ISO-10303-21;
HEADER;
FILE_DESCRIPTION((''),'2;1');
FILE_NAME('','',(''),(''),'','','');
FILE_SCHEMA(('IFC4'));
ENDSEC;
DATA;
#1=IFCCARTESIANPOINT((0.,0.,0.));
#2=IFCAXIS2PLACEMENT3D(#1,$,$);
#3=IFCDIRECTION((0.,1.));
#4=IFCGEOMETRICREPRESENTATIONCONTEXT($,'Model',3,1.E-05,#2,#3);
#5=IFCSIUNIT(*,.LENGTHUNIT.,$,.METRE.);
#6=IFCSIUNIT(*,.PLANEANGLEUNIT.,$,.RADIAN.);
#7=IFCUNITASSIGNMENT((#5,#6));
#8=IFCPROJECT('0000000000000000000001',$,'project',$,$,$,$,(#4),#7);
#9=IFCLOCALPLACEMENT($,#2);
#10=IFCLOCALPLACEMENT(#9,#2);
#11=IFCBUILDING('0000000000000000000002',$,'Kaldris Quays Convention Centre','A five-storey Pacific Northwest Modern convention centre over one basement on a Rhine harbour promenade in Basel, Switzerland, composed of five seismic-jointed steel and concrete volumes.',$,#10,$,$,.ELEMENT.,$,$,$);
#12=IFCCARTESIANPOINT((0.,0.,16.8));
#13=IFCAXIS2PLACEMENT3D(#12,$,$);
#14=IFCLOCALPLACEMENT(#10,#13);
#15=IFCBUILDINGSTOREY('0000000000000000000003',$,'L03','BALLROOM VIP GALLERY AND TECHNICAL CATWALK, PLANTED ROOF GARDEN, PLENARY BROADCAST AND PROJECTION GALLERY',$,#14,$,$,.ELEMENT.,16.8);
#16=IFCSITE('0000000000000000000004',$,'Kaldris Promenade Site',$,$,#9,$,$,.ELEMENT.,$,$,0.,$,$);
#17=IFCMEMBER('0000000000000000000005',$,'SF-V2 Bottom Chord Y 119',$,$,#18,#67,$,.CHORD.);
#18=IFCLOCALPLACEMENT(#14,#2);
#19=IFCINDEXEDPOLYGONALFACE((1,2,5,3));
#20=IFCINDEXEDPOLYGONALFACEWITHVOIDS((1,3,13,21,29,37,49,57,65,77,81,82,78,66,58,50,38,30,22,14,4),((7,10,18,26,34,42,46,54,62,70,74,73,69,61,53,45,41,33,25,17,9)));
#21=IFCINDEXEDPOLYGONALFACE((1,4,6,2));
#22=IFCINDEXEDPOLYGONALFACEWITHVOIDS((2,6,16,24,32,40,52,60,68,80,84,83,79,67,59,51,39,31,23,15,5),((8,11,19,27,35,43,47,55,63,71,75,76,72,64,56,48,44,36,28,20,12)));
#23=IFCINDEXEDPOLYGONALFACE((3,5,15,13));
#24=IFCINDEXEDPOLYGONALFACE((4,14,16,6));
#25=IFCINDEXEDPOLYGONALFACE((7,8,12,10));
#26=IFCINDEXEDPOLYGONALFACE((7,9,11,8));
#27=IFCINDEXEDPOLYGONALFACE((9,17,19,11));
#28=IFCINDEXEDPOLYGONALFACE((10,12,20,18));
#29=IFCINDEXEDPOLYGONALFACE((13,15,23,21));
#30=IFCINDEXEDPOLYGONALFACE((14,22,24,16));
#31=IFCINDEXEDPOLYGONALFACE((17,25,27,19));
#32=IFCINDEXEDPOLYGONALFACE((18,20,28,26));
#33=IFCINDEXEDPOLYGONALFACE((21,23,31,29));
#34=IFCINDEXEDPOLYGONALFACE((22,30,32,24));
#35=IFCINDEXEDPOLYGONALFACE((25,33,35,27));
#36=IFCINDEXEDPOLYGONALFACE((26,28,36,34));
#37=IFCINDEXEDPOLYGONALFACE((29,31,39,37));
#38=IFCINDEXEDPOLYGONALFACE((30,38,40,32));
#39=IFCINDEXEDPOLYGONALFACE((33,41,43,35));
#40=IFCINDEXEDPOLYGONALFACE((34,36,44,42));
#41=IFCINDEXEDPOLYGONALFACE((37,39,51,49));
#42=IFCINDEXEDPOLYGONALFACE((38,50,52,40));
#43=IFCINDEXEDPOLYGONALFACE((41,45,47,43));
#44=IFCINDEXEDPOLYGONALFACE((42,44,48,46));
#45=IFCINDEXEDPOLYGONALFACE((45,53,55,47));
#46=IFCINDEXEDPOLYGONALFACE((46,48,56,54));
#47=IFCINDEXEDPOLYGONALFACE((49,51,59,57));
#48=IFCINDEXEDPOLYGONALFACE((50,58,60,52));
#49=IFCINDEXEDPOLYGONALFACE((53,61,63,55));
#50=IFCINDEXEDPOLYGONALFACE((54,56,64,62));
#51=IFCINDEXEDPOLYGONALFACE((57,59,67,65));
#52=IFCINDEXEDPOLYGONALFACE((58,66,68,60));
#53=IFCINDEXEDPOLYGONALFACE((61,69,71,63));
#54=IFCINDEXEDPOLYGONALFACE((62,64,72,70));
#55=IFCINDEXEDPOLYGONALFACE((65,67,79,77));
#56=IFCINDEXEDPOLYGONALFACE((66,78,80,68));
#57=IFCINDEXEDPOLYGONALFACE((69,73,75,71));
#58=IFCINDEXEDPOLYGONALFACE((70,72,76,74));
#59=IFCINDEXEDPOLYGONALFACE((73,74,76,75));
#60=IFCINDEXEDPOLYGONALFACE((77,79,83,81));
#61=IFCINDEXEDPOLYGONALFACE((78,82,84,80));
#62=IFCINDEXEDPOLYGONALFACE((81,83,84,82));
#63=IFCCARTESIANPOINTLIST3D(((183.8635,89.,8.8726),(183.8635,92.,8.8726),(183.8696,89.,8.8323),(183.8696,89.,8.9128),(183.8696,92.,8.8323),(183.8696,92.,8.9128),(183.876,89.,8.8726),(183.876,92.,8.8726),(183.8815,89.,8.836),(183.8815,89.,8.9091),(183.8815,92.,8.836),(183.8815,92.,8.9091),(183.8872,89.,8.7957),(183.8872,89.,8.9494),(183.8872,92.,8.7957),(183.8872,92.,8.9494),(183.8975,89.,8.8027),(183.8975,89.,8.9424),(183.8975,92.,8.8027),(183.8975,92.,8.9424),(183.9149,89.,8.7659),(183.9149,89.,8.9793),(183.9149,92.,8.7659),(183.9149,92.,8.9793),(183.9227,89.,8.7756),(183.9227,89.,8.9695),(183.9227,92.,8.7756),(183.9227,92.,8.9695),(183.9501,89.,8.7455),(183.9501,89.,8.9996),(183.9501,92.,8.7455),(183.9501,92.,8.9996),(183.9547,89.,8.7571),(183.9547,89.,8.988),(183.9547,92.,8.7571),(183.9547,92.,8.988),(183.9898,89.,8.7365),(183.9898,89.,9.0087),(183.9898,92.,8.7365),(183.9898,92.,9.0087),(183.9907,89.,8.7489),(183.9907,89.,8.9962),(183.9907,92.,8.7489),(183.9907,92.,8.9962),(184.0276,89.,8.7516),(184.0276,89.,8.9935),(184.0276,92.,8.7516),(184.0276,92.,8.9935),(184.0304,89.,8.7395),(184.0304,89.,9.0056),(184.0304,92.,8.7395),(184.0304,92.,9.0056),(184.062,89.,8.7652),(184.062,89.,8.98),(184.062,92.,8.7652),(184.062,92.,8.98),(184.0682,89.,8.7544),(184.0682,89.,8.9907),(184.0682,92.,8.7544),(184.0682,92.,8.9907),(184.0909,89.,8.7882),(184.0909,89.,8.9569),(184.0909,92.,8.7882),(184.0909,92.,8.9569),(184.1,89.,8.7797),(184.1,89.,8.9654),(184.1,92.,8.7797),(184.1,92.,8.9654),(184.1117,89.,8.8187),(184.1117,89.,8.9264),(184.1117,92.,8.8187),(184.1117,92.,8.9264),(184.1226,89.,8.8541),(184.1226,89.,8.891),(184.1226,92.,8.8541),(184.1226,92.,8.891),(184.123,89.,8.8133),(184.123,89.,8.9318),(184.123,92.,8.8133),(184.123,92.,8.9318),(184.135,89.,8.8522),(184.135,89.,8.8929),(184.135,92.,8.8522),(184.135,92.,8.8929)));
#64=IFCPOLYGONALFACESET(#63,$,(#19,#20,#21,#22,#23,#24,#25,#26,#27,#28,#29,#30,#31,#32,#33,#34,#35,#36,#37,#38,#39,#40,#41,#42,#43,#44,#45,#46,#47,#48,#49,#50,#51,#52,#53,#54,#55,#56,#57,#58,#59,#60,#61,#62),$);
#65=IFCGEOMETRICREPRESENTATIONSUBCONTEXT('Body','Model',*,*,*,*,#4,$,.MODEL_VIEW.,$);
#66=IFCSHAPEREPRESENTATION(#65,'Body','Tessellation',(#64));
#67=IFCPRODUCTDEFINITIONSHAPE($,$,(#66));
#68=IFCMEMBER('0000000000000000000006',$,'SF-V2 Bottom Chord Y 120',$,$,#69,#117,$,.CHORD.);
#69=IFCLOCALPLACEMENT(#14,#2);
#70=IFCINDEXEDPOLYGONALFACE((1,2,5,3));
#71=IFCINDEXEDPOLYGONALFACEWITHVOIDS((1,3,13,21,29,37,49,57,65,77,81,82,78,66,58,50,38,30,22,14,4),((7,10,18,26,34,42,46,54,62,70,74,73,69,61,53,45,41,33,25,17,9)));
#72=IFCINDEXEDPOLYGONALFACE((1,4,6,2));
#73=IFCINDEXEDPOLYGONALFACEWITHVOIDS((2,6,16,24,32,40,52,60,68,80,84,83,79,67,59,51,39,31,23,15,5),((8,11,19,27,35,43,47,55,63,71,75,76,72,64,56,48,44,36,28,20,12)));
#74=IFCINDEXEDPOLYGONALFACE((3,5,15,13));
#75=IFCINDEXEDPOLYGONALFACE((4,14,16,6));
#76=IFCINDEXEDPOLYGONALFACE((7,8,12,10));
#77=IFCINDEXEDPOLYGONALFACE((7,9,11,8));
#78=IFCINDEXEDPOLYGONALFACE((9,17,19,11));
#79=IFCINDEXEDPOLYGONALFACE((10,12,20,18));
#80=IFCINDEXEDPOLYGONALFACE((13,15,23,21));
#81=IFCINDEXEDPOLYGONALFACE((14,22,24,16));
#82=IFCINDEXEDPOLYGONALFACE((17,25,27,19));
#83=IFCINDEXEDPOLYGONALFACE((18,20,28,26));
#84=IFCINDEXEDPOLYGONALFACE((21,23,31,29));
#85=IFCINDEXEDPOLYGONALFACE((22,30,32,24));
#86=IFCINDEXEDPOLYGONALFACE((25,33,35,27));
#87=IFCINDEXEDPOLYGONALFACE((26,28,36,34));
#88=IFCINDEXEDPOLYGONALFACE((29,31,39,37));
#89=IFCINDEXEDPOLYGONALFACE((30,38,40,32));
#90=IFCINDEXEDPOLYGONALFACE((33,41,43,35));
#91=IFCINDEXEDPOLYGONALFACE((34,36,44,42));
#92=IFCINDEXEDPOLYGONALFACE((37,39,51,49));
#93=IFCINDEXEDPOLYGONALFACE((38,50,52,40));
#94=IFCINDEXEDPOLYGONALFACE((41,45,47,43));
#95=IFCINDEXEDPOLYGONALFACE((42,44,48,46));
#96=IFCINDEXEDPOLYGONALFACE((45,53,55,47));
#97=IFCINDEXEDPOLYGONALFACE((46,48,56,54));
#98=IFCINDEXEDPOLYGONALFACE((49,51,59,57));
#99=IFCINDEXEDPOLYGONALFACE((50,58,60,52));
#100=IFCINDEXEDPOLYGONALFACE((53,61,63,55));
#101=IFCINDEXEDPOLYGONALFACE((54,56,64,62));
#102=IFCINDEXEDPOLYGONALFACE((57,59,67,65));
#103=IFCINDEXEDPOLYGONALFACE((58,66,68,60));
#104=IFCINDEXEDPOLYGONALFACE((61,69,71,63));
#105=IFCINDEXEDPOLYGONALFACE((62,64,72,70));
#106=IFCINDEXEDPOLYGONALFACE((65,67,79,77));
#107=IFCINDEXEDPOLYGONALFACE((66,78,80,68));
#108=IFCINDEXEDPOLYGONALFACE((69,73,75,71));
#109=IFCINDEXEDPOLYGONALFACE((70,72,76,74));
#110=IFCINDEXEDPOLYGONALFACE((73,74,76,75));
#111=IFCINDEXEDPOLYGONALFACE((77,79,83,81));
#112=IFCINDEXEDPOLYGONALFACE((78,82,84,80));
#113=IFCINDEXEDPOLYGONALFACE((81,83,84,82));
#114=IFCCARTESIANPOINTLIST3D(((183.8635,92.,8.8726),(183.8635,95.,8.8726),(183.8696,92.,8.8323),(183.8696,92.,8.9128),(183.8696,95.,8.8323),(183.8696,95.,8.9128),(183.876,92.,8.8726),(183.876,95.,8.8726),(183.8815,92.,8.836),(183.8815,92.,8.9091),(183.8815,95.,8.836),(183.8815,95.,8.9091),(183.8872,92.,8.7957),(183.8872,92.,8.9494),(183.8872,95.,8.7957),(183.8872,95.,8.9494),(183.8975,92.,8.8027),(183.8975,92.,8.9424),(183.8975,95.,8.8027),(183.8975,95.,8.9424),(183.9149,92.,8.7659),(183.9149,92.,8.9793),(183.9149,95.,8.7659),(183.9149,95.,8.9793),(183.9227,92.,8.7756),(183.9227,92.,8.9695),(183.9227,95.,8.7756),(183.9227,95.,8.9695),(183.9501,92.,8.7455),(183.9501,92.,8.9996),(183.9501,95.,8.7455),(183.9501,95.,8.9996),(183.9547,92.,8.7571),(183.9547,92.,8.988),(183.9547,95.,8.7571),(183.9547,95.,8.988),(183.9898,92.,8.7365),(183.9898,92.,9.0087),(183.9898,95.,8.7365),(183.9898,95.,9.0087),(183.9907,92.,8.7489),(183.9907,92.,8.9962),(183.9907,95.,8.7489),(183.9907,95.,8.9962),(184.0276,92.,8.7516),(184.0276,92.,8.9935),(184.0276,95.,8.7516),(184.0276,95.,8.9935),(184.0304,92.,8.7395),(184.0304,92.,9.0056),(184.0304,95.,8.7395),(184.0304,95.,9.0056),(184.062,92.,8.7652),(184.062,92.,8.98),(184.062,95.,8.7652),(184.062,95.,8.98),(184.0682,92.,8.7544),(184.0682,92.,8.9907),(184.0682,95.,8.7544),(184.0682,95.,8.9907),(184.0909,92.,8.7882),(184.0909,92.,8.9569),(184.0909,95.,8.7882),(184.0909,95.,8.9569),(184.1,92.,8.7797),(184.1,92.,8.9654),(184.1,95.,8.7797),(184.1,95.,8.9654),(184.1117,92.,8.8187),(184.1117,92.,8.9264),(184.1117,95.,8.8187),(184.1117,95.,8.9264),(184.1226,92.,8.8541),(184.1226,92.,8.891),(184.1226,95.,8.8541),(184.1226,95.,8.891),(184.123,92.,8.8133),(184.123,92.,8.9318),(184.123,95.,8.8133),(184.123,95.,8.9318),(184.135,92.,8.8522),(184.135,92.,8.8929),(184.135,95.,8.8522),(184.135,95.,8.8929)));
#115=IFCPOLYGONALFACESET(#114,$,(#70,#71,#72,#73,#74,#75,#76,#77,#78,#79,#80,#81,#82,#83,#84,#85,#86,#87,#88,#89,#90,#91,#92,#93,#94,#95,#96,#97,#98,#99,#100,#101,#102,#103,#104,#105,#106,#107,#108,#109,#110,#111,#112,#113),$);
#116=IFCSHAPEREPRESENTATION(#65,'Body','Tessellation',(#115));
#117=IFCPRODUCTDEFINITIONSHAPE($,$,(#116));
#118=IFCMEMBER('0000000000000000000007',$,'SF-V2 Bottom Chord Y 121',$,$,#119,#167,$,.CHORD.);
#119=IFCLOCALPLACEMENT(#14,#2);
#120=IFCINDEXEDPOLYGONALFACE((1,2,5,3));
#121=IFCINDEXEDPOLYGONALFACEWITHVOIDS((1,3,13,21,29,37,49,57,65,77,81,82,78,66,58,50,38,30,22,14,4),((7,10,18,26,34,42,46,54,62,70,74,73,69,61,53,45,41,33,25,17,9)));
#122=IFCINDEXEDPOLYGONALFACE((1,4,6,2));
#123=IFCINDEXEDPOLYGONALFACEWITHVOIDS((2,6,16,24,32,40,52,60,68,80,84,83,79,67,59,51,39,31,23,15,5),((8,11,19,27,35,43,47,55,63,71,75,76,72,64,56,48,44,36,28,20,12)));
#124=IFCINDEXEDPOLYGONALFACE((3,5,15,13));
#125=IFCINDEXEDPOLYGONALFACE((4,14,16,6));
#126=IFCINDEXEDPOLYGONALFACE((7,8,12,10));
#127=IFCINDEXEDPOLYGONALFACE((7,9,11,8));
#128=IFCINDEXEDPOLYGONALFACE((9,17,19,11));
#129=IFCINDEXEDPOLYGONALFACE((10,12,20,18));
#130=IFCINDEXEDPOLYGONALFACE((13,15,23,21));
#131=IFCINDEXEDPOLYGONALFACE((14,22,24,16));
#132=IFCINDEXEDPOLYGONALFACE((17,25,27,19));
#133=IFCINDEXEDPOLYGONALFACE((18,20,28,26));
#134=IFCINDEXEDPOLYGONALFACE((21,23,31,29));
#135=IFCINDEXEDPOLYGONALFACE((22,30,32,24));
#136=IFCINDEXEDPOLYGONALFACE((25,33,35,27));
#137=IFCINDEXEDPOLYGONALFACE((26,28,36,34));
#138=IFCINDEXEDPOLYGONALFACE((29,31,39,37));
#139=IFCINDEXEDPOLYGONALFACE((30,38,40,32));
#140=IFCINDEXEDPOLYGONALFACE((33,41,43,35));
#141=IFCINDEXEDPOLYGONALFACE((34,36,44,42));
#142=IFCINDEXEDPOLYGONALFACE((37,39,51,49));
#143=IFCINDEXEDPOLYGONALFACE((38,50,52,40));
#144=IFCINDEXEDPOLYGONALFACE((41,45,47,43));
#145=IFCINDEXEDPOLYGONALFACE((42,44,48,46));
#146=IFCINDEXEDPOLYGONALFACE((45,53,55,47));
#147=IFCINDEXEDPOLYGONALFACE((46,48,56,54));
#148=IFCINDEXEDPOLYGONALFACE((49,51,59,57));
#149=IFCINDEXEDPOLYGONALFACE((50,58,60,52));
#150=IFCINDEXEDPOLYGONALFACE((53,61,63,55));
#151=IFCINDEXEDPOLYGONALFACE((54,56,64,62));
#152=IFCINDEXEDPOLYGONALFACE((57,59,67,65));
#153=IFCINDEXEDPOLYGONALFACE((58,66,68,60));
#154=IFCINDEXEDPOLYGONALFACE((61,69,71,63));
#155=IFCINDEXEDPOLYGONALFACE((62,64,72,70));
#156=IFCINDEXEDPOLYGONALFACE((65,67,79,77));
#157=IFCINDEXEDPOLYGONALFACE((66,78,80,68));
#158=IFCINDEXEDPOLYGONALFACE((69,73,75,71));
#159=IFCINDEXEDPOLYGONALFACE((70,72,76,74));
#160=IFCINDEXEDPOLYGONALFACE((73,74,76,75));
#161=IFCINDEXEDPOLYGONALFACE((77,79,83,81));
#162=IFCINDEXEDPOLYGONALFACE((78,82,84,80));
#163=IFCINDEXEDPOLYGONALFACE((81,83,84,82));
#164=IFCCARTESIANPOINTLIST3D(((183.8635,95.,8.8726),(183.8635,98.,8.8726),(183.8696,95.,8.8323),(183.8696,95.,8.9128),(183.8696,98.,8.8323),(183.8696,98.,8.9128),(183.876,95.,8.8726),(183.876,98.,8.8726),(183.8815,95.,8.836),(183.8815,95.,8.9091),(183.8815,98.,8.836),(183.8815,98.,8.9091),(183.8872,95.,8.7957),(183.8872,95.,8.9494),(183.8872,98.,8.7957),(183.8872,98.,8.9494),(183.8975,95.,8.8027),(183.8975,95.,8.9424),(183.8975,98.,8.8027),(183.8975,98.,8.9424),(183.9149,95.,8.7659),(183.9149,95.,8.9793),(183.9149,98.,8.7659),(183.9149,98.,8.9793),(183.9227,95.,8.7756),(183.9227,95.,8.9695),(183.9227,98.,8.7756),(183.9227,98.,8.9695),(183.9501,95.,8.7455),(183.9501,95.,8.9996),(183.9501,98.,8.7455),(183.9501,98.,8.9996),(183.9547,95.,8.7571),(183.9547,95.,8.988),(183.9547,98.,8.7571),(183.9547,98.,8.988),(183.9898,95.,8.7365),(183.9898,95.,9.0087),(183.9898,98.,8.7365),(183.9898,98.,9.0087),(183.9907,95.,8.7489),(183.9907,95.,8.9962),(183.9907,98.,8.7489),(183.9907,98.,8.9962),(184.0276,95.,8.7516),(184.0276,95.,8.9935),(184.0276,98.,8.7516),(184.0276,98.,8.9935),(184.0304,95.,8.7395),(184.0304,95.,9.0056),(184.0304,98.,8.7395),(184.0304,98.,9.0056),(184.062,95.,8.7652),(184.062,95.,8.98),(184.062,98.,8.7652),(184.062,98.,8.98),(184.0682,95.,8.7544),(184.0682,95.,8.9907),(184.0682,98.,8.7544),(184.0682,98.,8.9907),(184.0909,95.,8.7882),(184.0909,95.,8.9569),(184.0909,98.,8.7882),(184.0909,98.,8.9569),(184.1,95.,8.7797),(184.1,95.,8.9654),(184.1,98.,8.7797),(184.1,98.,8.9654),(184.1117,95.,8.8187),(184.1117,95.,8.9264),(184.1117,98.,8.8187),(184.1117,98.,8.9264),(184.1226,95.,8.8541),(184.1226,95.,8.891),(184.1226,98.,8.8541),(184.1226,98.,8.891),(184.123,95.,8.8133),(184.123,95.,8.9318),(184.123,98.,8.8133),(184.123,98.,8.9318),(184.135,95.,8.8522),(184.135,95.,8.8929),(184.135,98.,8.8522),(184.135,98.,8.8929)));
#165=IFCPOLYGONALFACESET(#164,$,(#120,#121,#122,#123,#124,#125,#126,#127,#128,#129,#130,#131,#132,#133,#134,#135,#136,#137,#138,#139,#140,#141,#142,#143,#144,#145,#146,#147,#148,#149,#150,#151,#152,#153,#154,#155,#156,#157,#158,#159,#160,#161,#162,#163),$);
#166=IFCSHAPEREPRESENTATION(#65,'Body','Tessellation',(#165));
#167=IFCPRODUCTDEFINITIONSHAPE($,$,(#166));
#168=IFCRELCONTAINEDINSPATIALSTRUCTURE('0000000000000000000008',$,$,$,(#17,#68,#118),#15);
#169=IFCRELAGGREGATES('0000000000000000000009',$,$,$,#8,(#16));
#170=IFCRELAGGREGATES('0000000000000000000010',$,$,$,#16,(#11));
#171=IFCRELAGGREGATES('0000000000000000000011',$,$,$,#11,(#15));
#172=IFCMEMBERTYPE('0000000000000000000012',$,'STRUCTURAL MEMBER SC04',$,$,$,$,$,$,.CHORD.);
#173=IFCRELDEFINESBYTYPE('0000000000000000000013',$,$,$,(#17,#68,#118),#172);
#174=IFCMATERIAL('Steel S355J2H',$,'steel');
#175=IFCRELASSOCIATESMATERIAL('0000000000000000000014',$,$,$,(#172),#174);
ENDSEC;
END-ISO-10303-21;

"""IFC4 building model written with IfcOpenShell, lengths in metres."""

from ifc_helpers import new_model, si_unit, direction, frame, origin, origin_2d, place, context, subcontext, project, spatial, hollow_circle, extrude, material, material_profile, profile_set, type_object, element, save


model = new_model("IFC4")

# Units and contexts
model_context = context("Model", 3, precision=1e-05, world=origin(), true_north=direction((0.0, 1.0)))
body_context = subcontext(model_context, "Body", "Model", "MODEL_VIEW")
ifc_project = project(units=[si_unit("LENGTHUNIT", "METRE"), si_unit("PLANEANGLEUNIT", "RADIAN")], contexts=[model_context])

# Site, building, storey
site_placement = place(None, origin())
site = spatial("IfcSite", under=ifc_project, at=site_placement, Name="Kaldris Promenade Site", CompositionType="ELEMENT", RefElevation=0.0)
building_placement = place(site_placement, origin())
building = spatial("IfcBuilding", under=site, at=building_placement, Name="Kaldris Quays Convention Centre", Description="A five-storey Pacific Northwest Modern convention centre over one basement on a Rhine harbour promenade in Basel, Switzerland, composed of five seismic-jointed steel and concrete volumes.", CompositionType="ELEMENT")
storey_placement = place(building_placement, frame((0.0, 0.0, 16.8)))
storey = spatial("IfcBuildingStorey", under=building, at=storey_placement, Name="L03", Description="BALLROOM VIP GALLERY AND TECHNICAL CATWALK, PLANTED ROOF GARDEN, PLENARY BROADCAST AND PROJECTION GALLERY", CompositionType="ELEMENT", Elevation=16.8)

# Members
ifc_material_1 = material(Name="Steel S355J2H", Category="steel")
ifc_material_profile_1 = material_profile(ifc_material_1, hollow_circle(Radius=0.1365, WallThickness=0.0125, at=origin_2d()), Name="CHS 273x12.5")
ifc_profile_set_1 = profile_set([ifc_material_profile_1], Name="Steel S355J2H")
member_type_1 = type_object("IfcMemberType", Name="STRUCTURAL MEMBER SC04", PredefinedType="CHORD", material=ifc_profile_set_1)
for number, where, z_axis, x_axis, name in (
    (1, (184.0, 89.0, 8.8726), (0.0, 1.0, 0.0), (-1.0, 0.0, 0.0), "SF-V2 Bottom Chord Y 119"),
    (2, (184.0, 92.0, 8.8726), (0.0, 1.0, 0.0), (-1.0, 0.0, 0.0), "SF-V2 Bottom Chord Y 120"),
    (3, (184.0, 95.0, 8.8726), (0.0, 1.0, 0.0), (-1.0, 0.0, 0.0), "SF-V2 Bottom Chord Y 121"),
):
    element("IfcMember", number, at=place(storey_placement, frame(where, z_axis=z_axis, x_axis=x_axis)), inside=storey, type_object=member_type_1, Name=name, PredefinedType="CHORD", context=body_context, shape_type="SweptSolid", body=[
        extrude(hollow_circle(Radius=0.1365, WallThickness=0.0125, at=origin_2d()), origin(), (0.0, 0.0, 1.0), 3.0),
    ])

save(model, "model.ifc")
